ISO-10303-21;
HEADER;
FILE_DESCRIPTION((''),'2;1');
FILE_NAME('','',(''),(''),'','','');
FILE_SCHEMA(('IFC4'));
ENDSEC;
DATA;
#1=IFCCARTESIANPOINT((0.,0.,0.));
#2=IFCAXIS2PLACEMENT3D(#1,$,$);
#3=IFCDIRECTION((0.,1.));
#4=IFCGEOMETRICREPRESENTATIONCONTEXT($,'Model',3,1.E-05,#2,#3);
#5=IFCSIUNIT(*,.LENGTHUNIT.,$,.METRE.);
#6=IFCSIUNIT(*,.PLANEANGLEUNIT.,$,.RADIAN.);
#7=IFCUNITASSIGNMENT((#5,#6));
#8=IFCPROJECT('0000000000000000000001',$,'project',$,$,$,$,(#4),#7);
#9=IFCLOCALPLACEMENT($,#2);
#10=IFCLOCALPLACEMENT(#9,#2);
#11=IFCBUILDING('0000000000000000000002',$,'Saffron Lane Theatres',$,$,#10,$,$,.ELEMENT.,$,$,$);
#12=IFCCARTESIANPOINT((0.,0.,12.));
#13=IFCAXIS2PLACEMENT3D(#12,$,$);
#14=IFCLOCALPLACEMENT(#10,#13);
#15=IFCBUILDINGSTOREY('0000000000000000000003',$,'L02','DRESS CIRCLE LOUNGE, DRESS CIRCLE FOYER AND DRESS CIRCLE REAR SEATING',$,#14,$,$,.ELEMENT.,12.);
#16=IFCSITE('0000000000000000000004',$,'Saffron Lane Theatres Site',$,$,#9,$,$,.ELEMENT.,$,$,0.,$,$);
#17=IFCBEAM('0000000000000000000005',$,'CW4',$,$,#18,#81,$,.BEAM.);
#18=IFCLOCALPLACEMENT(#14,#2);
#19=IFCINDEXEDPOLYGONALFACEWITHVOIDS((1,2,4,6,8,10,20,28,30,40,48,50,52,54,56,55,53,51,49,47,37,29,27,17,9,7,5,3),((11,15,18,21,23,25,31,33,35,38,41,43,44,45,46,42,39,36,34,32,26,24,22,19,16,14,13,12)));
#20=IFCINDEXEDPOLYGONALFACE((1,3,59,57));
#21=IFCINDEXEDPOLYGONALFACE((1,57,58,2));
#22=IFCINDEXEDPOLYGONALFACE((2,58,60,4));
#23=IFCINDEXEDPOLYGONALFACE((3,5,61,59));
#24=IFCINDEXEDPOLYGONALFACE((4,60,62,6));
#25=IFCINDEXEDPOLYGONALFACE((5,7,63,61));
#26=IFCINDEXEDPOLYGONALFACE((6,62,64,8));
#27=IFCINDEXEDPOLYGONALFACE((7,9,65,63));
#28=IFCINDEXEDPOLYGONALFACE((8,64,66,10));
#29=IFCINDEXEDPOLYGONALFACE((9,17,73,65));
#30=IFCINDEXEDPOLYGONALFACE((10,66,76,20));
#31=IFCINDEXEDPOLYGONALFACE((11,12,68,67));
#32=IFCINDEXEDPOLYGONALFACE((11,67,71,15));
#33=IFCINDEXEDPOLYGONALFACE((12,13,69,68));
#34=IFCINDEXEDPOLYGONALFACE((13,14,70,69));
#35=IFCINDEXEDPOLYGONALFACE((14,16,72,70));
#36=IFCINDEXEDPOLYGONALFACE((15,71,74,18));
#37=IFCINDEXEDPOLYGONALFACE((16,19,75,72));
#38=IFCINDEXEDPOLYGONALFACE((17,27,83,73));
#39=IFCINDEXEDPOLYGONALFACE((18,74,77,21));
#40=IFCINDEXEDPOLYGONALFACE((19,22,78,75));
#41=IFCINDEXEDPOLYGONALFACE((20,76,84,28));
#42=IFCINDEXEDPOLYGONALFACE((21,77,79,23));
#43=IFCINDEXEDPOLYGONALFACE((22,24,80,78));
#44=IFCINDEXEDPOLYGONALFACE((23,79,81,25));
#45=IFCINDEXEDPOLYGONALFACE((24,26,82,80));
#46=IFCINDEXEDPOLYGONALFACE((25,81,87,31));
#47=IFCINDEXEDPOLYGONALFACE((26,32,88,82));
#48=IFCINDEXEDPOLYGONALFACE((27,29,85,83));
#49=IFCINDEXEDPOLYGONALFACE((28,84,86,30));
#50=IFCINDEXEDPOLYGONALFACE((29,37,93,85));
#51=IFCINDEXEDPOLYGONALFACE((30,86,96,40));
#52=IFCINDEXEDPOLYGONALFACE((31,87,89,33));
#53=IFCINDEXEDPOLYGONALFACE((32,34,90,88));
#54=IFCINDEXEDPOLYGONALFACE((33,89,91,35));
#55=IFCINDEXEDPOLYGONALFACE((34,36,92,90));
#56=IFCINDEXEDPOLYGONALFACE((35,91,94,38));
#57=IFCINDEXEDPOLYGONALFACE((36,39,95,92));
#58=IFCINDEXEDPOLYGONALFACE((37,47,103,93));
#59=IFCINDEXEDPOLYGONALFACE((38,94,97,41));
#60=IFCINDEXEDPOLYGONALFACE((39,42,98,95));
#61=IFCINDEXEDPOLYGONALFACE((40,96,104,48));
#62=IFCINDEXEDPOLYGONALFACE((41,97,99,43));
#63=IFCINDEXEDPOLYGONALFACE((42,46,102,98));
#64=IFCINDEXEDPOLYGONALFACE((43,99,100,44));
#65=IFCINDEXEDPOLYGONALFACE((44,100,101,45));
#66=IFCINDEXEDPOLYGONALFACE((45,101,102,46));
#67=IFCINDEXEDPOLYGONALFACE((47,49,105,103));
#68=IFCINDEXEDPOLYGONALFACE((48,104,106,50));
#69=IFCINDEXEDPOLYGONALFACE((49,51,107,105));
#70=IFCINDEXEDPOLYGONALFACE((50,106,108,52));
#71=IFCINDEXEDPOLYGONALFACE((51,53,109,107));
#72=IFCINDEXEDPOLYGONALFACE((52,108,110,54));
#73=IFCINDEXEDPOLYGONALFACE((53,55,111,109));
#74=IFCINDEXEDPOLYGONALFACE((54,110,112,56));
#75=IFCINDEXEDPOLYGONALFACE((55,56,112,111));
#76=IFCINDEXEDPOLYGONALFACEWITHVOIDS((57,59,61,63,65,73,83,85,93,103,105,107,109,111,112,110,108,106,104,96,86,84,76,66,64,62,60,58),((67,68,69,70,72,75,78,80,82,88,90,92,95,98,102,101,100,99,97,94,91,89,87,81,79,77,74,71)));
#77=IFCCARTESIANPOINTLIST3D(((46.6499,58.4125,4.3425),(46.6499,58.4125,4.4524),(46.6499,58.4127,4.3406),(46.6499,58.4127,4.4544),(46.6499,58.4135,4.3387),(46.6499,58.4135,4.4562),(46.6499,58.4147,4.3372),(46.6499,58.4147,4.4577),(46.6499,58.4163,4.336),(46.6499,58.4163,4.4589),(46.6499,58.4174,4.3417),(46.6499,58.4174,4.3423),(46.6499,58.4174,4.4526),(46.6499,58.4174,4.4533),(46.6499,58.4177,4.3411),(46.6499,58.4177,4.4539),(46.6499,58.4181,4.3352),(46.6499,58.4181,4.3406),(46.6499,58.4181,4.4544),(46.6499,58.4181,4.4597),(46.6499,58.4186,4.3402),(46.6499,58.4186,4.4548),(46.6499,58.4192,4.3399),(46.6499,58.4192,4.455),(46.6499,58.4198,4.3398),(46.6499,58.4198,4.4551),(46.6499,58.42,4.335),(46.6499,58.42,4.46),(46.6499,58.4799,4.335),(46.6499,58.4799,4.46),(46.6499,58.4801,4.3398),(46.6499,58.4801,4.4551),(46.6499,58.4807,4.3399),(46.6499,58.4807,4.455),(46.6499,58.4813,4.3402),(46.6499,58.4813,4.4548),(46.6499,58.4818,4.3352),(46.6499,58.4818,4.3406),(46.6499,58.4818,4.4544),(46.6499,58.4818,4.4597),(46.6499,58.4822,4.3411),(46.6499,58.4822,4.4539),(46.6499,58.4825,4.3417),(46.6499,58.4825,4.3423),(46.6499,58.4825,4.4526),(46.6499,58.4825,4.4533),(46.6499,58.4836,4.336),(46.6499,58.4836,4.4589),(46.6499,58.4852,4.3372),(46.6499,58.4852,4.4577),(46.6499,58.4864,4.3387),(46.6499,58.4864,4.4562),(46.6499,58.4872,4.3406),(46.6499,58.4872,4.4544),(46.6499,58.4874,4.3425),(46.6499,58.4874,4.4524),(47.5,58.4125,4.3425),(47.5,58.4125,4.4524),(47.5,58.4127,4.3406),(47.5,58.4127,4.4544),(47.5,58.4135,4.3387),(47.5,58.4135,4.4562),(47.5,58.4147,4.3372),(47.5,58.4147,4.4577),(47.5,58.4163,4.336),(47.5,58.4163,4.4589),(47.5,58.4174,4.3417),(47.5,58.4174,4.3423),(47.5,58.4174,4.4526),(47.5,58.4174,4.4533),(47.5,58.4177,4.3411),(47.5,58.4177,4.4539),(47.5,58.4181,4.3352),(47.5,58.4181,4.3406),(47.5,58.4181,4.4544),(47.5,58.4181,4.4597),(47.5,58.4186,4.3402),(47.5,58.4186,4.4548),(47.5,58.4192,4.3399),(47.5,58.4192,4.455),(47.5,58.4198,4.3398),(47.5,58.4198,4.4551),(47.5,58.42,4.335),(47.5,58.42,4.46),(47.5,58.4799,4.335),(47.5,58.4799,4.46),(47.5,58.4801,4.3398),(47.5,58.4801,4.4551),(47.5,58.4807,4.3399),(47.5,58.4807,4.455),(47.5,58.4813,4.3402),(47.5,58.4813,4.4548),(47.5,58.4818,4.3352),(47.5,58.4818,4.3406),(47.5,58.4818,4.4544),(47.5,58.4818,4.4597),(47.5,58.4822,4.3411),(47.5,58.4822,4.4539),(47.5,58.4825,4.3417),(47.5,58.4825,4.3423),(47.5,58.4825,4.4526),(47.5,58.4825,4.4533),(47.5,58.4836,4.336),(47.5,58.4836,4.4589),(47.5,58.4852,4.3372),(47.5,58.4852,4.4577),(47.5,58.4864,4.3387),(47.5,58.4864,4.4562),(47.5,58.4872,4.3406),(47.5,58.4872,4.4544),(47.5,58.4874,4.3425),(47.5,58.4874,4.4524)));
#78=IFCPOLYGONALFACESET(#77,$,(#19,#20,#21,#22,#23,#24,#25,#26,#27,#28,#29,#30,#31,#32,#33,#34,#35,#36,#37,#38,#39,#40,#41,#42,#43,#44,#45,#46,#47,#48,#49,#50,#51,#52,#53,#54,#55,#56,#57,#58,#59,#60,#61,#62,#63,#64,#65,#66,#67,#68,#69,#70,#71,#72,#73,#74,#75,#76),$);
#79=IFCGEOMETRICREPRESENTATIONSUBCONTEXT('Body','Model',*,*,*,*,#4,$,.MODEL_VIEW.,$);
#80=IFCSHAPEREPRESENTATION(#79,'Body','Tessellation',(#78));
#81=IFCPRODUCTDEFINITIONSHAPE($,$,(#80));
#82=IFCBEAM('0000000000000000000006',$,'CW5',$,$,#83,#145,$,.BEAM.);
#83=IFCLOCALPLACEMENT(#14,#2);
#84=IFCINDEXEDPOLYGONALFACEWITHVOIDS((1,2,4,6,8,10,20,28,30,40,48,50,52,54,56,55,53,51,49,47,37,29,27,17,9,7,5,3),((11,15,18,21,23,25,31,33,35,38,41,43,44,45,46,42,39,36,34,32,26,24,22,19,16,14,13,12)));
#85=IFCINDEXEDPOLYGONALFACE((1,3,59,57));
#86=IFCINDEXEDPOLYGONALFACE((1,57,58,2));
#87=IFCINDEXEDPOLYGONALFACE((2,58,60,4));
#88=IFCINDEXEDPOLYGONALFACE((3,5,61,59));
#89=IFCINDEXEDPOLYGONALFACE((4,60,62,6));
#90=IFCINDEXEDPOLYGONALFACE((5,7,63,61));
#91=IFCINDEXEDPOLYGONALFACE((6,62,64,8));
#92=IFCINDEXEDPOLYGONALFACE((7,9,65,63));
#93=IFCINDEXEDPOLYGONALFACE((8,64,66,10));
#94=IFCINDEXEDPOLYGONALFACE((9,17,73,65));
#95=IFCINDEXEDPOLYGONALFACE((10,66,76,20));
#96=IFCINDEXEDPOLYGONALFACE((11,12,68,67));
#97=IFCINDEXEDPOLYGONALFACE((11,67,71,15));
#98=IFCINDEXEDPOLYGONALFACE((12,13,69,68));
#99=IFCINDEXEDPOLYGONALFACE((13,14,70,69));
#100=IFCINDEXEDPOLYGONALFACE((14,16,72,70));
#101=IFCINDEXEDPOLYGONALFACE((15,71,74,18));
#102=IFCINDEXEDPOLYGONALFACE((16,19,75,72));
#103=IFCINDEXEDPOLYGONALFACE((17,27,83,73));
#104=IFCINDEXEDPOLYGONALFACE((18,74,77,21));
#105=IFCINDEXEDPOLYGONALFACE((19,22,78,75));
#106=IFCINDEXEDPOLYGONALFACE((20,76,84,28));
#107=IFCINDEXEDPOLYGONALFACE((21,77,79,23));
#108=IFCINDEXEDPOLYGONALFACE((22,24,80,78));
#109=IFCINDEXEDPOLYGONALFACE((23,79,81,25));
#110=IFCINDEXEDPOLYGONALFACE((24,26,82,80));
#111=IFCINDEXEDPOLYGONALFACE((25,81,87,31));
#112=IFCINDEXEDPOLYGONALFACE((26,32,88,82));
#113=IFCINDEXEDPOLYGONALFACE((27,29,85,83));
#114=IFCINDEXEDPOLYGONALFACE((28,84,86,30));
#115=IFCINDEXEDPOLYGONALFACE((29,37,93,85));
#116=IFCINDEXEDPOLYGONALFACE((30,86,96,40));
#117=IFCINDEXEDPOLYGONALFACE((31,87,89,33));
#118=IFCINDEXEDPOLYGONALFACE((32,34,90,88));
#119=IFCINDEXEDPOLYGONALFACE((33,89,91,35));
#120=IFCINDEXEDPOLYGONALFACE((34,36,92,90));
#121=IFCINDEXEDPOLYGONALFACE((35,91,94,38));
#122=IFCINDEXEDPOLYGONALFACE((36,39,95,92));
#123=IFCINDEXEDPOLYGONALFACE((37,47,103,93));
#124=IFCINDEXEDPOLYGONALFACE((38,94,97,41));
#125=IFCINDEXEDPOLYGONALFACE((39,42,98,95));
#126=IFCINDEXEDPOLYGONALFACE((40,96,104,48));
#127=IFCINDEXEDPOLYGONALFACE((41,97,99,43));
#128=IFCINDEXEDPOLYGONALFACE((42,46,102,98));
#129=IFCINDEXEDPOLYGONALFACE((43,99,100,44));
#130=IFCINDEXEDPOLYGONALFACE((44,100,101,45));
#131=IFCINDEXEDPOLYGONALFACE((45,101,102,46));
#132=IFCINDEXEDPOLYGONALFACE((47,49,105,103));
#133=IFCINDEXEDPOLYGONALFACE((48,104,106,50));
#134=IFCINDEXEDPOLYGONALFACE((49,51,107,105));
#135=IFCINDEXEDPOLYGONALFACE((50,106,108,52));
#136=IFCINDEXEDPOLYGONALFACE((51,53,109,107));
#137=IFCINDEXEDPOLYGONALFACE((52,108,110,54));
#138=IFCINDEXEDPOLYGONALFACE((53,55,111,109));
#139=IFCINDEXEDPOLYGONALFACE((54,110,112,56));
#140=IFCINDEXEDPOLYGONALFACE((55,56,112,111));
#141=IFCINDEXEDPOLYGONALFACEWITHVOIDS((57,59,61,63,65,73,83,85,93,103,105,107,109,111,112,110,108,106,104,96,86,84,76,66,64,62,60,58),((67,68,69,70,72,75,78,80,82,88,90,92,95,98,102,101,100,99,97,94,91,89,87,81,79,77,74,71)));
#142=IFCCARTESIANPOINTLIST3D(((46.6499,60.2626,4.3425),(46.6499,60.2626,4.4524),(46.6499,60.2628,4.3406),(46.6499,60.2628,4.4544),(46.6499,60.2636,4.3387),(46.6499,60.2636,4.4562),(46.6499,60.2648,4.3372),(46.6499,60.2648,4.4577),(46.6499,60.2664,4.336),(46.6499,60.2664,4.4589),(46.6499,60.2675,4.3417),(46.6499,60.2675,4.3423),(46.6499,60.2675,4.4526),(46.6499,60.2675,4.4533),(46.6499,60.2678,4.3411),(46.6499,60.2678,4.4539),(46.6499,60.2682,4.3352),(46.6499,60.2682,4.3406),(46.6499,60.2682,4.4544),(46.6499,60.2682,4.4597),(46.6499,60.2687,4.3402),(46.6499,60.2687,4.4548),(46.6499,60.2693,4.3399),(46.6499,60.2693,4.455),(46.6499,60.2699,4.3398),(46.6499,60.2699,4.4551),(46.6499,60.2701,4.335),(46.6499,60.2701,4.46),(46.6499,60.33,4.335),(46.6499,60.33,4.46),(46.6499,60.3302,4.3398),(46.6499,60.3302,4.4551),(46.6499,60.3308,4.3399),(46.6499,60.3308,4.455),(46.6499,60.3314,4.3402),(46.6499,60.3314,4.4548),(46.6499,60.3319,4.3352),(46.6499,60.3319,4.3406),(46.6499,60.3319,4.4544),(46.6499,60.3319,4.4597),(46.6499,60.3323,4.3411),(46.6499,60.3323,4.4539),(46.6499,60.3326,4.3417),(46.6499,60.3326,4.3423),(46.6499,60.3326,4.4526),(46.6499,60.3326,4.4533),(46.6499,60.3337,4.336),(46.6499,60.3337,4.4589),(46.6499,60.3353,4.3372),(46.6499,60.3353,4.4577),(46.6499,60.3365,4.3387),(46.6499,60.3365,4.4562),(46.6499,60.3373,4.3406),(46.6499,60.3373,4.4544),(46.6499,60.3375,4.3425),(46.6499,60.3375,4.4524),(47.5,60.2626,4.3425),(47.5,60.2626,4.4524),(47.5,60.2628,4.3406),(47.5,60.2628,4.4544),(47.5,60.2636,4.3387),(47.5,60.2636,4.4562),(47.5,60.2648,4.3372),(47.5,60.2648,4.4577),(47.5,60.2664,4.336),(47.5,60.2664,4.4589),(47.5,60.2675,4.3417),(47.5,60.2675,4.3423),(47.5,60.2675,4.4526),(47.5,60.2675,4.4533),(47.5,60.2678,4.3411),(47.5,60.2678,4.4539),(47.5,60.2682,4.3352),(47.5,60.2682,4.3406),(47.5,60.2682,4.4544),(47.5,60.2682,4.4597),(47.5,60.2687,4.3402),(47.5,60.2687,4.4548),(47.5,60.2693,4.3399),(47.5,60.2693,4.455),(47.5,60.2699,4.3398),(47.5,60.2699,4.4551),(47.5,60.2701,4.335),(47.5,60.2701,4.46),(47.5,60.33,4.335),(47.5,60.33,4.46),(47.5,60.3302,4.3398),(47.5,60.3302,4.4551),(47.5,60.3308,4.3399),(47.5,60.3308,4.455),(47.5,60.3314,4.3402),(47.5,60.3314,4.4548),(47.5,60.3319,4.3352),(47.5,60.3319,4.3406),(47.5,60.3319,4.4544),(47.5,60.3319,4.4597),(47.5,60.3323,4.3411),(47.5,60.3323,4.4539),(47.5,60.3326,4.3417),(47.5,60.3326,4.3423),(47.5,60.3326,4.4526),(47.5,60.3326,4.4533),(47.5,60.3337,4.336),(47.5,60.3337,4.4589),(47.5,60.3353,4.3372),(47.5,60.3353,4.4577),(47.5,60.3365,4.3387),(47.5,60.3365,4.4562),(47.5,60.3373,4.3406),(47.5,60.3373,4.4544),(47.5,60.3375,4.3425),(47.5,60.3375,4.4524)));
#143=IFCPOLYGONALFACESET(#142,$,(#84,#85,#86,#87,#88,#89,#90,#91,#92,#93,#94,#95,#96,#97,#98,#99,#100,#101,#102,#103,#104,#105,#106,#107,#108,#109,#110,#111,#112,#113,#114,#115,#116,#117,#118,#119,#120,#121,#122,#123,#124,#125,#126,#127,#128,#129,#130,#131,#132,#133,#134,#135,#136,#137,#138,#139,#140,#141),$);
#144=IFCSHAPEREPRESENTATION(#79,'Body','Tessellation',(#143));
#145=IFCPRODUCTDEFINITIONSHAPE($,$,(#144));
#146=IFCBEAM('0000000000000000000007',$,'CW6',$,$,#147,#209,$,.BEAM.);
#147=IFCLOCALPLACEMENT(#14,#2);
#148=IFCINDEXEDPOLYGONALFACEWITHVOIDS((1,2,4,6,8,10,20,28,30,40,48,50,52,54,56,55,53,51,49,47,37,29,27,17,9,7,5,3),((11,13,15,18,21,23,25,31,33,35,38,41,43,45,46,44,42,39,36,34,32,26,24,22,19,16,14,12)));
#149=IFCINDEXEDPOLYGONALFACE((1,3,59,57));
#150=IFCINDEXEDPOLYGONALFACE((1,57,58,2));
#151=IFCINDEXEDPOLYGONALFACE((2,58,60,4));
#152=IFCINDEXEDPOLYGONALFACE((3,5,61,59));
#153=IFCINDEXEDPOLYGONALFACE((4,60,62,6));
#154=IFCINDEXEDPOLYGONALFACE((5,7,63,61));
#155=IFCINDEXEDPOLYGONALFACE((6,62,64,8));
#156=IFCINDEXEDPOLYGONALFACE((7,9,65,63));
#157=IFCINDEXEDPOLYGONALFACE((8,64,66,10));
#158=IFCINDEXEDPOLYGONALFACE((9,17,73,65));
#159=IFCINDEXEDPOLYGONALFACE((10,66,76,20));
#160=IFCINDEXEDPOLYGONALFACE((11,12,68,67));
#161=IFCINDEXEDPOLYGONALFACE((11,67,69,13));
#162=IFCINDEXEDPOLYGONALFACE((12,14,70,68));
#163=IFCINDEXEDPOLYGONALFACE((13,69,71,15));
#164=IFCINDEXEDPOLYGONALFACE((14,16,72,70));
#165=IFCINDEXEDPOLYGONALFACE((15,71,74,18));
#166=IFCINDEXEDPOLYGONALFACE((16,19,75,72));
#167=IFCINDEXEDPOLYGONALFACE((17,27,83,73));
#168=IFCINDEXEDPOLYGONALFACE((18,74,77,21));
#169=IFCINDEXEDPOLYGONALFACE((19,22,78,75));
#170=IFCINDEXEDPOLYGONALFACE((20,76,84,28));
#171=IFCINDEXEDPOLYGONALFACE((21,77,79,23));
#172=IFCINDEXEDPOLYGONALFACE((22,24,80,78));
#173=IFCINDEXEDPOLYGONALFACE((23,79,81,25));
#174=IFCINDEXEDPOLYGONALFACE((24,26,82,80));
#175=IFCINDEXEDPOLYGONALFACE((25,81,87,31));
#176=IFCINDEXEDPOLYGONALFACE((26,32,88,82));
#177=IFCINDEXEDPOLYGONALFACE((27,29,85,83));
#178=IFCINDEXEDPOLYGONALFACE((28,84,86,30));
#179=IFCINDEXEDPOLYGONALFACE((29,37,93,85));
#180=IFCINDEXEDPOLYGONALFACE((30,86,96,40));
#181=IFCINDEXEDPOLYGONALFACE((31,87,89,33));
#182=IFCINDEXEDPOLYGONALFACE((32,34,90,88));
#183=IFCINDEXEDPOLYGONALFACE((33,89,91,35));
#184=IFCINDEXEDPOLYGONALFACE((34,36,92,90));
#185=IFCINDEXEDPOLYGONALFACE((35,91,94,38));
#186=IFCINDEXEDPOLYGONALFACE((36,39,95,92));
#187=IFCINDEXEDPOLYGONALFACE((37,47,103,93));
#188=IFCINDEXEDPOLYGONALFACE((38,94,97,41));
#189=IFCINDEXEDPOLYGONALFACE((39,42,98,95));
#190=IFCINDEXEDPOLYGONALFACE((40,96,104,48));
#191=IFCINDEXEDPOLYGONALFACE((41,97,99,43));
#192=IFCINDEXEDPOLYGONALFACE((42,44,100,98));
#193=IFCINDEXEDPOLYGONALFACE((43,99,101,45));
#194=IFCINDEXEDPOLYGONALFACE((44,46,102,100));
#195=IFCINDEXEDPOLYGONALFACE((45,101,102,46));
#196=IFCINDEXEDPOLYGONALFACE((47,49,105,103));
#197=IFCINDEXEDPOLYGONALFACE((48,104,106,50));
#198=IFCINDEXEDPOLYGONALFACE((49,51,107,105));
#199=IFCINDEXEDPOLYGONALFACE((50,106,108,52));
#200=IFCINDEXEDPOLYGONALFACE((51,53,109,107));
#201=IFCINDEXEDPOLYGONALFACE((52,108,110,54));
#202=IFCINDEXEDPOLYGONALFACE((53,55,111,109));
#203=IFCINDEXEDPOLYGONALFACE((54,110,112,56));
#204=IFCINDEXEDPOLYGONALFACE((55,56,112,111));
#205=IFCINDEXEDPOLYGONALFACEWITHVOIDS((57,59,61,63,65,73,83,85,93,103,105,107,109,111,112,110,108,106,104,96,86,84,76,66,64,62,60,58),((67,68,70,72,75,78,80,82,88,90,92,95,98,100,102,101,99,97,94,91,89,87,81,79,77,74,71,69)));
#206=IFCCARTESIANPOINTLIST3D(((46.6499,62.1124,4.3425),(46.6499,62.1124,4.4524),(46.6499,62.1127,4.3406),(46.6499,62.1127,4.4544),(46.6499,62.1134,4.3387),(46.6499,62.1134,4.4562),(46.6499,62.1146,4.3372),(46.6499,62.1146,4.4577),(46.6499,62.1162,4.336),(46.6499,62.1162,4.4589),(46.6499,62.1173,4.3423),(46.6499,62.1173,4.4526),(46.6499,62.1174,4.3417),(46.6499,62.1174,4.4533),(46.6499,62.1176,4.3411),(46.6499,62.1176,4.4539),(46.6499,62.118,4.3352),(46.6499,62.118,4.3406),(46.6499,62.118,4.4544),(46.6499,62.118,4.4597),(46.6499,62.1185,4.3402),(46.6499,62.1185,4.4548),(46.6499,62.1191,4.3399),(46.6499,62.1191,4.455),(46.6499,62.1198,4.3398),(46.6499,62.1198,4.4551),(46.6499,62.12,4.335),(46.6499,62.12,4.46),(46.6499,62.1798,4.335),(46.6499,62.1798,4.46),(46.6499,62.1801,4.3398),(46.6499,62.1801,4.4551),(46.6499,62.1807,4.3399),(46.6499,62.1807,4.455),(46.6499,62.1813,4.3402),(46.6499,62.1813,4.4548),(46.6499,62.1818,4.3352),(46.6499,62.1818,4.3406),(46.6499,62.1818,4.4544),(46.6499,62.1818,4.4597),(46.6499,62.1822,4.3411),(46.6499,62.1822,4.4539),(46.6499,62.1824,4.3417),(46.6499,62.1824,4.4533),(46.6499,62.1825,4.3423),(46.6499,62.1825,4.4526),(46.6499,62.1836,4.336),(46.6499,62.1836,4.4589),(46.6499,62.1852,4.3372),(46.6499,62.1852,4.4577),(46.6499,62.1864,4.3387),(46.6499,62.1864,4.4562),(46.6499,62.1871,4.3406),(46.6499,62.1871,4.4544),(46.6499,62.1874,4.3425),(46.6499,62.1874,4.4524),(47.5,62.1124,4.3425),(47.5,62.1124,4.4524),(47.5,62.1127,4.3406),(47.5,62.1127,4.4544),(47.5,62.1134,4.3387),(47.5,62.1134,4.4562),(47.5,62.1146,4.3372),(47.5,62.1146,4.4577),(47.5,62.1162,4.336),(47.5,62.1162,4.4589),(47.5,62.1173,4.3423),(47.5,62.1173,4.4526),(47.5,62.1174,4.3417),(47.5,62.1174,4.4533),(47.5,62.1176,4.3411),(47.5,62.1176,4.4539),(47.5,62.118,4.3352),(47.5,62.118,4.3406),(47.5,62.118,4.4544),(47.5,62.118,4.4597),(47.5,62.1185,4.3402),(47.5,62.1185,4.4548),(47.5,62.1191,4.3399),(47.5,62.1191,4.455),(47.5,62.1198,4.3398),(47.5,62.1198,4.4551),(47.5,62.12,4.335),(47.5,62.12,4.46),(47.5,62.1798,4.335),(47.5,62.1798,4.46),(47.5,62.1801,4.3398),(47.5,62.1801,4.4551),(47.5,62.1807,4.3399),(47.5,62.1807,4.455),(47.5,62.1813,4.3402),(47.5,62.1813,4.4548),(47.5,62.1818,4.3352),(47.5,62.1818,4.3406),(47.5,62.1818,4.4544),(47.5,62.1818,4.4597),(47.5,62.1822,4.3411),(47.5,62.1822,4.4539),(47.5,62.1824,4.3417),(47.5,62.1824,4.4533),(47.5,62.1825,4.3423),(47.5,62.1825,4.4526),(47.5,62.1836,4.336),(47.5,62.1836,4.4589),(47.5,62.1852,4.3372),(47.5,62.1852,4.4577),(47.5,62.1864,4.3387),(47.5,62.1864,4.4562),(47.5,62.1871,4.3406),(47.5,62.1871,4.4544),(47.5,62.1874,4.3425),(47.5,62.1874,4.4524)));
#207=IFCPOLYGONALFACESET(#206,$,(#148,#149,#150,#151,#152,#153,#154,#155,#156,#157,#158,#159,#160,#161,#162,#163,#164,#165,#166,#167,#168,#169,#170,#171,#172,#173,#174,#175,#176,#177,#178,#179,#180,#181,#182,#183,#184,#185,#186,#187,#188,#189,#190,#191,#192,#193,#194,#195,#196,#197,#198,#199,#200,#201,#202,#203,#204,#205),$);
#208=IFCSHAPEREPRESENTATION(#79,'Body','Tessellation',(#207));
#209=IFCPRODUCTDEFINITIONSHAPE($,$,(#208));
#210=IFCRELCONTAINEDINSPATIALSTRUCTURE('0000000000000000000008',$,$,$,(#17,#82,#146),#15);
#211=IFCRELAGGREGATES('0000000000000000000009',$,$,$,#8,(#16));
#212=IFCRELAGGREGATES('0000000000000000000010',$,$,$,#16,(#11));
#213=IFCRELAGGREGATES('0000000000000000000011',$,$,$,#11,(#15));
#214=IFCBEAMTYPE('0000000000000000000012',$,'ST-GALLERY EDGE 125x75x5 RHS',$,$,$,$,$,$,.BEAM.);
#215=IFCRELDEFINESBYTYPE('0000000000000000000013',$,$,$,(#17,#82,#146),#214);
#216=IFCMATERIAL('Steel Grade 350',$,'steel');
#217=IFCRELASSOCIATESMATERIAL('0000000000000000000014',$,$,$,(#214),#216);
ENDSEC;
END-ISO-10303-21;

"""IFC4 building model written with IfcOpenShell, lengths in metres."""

from ifc_helpers import new_model, si_unit, direction, frame, origin, origin_2d, place, context, subcontext, project, spatial, hollow_rectangle, extrude, material, material_profile, profile_set, type_object, element, save


model = new_model("IFC4")

# Units and contexts
model_context = context("Model", 3, precision=1e-05, world=origin(), true_north=direction((0.0, 1.0)))
body_context = subcontext(model_context, "Body", "Model", "MODEL_VIEW")
ifc_project = project(units=[si_unit("LENGTHUNIT", "METRE"), si_unit("PLANEANGLEUNIT", "RADIAN")], contexts=[model_context])

# Site, building, storey
site_placement = place(None, origin())
site = spatial("IfcSite", under=ifc_project, at=site_placement, Name="Saffron Lane Theatres Site", CompositionType="ELEMENT", RefElevation=0.0)
building_placement = place(site_placement, origin())
building = spatial("IfcBuilding", under=site, at=building_placement, Name="Saffron Lane Theatres", CompositionType="ELEMENT")
storey_placement = place(building_placement, frame((0.0, 0.0, 12.0)))
storey = spatial("IfcBuildingStorey", under=building, at=storey_placement, Name="L02", Description="DRESS CIRCLE LOUNGE, DRESS CIRCLE FOYER AND DRESS CIRCLE REAR SEATING", CompositionType="ELEMENT", Elevation=12.0)

# Beams
ifc_material_1 = material(Name="Steel Grade 350", Category="steel")
ifc_material_profile_1 = material_profile(ifc_material_1, hollow_rectangle(XDim=0.075, YDim=0.125, WallThickness=0.0049, InnerFilletRadius=0.0024, OuterFilletRadius=0.0076, at=origin_2d()))
ifc_profile_set_1 = profile_set([ifc_material_profile_1], Name="Steel Grade 350")
beam_type_1 = type_object("IfcBeamType", Name="ST-GALLERY EDGE 125x75x5 RHS", PredefinedType="BEAM", material=ifc_profile_set_1)
for number, where, z_axis, x_axis, name in (
    (1, (46.6499, 58.45, 4.3975), (1.0, 0.0, 0.0), (0.0, 1.0, 0.0), "CW4"),
    (2, (46.6499, 60.3, 4.3975), (1.0, 0.0, 0.0), (0.0, 1.0, 0.0), "CW5"),
    (3, (46.6499, 62.1499, 4.3975), (1.0, 0.0, 0.0), (0.0, 1.0, 0.0), "CW6"),
):
    element("IfcBeam", number, at=place(storey_placement, frame(where, z_axis=z_axis, x_axis=x_axis)), inside=storey, type_object=beam_type_1, Name=name, PredefinedType="BEAM", context=body_context, shape_type="SweptSolid", body=[
        extrude(hollow_rectangle(XDim=0.075, YDim=0.125, WallThickness=0.0049, InnerFilletRadius=0.0024, OuterFilletRadius=0.0076, at=origin_2d()), origin(), (0.0, 0.0, 1.0), 0.8501),
    ])

save(model, "model.ifc")
